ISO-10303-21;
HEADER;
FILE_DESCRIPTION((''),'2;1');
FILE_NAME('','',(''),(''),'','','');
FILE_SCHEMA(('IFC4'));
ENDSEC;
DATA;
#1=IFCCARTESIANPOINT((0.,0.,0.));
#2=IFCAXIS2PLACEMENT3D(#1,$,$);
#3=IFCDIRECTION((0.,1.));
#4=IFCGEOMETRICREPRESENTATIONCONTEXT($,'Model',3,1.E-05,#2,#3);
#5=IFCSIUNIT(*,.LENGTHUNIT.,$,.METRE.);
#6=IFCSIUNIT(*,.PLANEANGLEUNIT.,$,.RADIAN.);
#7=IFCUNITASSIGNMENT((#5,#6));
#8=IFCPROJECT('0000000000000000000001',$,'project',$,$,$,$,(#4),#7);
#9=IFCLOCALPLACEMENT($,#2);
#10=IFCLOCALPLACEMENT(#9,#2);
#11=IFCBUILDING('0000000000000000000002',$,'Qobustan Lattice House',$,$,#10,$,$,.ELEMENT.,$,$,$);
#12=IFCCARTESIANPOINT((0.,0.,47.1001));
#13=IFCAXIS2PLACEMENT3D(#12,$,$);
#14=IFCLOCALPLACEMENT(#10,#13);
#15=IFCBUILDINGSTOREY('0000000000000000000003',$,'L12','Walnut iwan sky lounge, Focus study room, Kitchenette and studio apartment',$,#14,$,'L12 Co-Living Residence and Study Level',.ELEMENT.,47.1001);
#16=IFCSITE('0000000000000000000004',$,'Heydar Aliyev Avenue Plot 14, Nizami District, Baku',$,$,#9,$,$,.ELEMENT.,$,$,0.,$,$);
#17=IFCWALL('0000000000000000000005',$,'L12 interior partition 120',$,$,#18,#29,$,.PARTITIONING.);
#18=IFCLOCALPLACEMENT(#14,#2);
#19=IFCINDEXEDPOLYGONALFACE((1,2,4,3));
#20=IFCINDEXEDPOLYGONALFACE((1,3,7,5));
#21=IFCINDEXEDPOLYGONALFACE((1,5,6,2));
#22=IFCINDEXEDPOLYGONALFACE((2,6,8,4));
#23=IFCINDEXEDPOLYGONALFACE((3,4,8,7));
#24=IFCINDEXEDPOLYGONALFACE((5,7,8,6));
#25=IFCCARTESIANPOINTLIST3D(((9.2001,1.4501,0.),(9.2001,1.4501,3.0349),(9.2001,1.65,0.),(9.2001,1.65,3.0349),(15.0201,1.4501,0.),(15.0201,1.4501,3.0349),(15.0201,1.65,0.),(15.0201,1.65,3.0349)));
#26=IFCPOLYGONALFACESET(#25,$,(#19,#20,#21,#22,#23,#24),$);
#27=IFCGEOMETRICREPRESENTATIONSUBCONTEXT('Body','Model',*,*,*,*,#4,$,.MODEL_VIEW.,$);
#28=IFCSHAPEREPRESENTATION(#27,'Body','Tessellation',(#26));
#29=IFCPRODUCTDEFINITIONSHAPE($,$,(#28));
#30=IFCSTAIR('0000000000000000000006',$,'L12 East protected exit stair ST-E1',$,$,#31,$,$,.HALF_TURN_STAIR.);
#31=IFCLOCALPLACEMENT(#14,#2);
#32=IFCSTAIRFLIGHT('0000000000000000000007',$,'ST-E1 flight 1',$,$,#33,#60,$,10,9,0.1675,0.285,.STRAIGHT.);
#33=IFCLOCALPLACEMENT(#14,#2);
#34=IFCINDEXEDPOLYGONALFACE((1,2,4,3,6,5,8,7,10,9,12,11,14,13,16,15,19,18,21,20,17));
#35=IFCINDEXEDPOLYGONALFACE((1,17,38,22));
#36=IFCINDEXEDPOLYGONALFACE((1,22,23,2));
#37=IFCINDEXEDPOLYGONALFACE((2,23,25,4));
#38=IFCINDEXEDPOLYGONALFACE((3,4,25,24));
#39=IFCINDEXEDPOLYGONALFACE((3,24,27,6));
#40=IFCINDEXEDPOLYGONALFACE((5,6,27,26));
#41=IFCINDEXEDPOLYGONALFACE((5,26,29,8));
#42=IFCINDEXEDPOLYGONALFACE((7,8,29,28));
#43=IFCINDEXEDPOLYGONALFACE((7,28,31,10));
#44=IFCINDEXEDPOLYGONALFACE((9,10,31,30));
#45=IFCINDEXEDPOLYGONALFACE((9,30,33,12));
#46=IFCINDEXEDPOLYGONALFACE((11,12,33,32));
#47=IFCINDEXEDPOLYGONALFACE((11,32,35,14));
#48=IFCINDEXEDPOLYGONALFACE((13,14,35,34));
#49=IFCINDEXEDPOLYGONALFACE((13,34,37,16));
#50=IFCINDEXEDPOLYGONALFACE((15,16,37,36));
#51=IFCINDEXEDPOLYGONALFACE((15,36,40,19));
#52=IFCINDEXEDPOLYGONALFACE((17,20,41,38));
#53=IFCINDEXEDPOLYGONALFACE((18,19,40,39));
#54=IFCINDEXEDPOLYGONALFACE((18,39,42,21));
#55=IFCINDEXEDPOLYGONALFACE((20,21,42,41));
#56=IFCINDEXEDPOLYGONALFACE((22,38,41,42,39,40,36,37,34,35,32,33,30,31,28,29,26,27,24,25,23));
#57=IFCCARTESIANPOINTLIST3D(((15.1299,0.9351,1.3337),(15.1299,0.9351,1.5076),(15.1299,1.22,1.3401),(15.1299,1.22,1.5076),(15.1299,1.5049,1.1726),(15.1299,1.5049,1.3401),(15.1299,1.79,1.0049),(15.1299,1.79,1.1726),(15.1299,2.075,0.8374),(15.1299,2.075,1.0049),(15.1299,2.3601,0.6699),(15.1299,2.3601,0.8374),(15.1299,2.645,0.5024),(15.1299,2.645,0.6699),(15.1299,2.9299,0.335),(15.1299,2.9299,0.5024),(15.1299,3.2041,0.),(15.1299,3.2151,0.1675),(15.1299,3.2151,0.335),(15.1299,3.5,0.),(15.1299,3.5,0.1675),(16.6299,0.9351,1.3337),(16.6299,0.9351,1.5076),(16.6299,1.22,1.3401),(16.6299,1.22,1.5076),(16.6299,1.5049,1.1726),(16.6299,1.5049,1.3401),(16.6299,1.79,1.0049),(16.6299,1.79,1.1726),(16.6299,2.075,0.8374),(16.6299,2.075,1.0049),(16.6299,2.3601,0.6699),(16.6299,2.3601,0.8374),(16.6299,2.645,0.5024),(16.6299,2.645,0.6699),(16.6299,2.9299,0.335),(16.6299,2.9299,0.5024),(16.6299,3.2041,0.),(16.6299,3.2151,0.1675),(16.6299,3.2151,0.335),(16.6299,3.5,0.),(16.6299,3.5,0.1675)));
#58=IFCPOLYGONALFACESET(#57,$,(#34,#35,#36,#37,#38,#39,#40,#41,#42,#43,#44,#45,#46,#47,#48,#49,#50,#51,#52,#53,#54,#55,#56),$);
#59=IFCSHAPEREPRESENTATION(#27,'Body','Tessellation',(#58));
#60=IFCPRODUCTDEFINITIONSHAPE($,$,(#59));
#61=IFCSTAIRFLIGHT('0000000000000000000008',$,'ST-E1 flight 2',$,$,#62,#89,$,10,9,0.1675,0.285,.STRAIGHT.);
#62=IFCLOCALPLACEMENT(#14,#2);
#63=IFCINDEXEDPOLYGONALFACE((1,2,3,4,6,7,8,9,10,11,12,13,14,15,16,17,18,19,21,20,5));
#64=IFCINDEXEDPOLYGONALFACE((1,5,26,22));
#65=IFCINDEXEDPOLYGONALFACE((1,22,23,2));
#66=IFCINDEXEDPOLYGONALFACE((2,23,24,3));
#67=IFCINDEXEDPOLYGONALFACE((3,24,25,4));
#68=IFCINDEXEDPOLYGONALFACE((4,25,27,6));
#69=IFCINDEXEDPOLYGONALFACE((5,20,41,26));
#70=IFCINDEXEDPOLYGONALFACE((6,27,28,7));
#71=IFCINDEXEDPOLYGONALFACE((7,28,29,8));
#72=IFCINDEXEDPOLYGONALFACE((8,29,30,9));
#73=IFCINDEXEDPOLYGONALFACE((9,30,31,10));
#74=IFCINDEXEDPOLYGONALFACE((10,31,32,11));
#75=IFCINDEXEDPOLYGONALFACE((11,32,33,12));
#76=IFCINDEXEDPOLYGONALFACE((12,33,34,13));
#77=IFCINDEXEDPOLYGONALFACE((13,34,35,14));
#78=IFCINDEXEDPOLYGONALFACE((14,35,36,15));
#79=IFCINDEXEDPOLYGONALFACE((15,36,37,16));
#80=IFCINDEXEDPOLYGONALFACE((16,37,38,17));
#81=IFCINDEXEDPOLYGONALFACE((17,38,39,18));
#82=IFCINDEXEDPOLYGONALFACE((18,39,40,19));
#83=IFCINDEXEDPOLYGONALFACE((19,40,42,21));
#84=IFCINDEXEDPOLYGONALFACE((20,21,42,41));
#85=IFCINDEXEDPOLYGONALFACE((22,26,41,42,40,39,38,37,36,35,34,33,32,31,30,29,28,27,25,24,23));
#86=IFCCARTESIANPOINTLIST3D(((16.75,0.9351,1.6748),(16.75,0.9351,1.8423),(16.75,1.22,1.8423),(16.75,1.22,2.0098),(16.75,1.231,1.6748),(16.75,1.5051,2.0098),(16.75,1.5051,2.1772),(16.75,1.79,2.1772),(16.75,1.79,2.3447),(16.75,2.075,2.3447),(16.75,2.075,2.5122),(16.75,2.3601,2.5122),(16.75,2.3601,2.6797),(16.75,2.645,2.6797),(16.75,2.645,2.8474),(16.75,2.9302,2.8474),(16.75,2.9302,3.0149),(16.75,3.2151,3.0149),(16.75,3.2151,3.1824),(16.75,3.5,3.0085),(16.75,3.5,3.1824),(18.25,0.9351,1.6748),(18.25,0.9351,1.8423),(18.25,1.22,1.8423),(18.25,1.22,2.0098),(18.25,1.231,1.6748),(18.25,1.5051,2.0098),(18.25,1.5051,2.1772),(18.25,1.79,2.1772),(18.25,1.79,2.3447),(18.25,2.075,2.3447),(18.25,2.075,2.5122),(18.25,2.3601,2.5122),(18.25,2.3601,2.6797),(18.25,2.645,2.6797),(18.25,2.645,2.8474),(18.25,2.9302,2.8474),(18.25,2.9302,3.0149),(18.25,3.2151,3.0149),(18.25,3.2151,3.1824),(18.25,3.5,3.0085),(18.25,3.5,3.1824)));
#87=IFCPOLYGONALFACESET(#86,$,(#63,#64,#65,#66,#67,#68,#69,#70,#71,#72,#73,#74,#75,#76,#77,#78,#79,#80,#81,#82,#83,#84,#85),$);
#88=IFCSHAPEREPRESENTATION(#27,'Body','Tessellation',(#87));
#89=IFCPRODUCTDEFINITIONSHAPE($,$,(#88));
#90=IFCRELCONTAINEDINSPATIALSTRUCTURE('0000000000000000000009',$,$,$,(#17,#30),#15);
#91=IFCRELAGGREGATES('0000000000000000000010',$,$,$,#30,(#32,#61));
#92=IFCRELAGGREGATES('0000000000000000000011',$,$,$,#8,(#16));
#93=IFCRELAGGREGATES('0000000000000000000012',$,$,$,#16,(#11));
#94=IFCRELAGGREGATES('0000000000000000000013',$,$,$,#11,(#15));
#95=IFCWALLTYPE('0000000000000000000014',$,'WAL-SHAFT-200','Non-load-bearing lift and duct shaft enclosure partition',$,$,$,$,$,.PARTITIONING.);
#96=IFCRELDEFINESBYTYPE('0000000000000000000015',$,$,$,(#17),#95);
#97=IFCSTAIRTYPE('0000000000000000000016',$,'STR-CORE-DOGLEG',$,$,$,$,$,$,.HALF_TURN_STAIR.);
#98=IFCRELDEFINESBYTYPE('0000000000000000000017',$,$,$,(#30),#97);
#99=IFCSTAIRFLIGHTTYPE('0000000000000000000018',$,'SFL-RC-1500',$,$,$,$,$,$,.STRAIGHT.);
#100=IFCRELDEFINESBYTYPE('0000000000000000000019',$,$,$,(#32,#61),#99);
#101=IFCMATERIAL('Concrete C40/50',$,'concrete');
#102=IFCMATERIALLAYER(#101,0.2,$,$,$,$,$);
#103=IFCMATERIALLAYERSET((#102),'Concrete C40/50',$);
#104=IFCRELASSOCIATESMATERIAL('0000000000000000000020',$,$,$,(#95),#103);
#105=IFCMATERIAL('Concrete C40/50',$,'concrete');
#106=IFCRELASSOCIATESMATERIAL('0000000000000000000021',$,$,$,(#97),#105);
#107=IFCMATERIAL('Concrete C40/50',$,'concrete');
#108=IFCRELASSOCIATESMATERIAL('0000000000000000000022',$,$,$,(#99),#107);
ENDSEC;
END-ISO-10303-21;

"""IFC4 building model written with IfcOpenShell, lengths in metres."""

from ifc_helpers import new_model, si_unit, direction, frame, frame_2d, origin, place, context, subcontext, project, spatial, polyline, rectangle, outline, extrude, material, layer, layer_set, type_object, element, aggregate, save


model = new_model("IFC4")

# Units and contexts
model_context = context("Model", 3, precision=1e-05, world=origin(), true_north=direction((0.0, 1.0)))
body_context = subcontext(model_context, "Body", "Model", "MODEL_VIEW")
ifc_project = project(units=[si_unit("LENGTHUNIT", "METRE"), si_unit("PLANEANGLEUNIT", "RADIAN")], contexts=[model_context])

# Site, building, storey
site_placement = place(None, origin())
site = spatial("IfcSite", under=ifc_project, at=site_placement, Name="Heydar Aliyev Avenue Plot 14, Nizami District, Baku", CompositionType="ELEMENT", RefElevation=0.0)
building_placement = place(site_placement, origin())
building = spatial("IfcBuilding", under=site, at=building_placement, Name="Qobustan Lattice House", CompositionType="ELEMENT")
storey_placement = place(building_placement, frame((0.0, 0.0, 47.1001)))
storey = spatial("IfcBuildingStorey", under=building, at=storey_placement, Name="L12", Description="Walnut iwan sky lounge, Focus study room, Kitchenette and studio apartment", LongName="L12 Co-Living Residence and Study Level", CompositionType="ELEMENT", Elevation=47.1001)

# Wall
ifc_material_1 = material(Name="Concrete C40/50", Category="concrete")
ifc_layer_1 = layer(ifc_material_1, 0.2)
ifc_layer_set_1 = layer_set([ifc_layer_1], Name="Concrete C40/50")
wall_type_1 = type_object("IfcWallType", Name="WAL-SHAFT-200", Description="Non-load-bearing lift and duct shaft enclosure partition", PredefinedType="PARTITIONING", material=ifc_layer_set_1)
wall_1_placement = place(storey_placement, frame((9.2, 1.55, 0.0), z_axis=(0.0, 0.0, 1.0), x_axis=(1.0, 0.0, 0.0)))
element("IfcWall", 1, at=wall_1_placement, inside=storey, type_object=wall_type_1, Name="L12 interior partition 120", PredefinedType="PARTITIONING", context=body_context, shape_type="SweptSolid", body=[
    extrude(rectangle(XDim=5.8201, YDim=0.2, at=frame_2d((2.9102, 0.0))), origin(), (0.0, 0.0, 1.0), 3.0349),
])

# Stair, stair flights
ifc_material_2 = material(Name="Concrete C40/50", Category="concrete")
stair_type = type_object("IfcStairType", Name="STR-CORE-DOGLEG", PredefinedType="HALF_TURN_STAIR", material=ifc_material_2)
stair_placement = place(storey_placement, origin())
stair = element("IfcStair", 2, at=stair_placement, inside=storey, type_object=stair_type, Name="L12 East protected exit stair ST-E1", PredefinedType="HALF_TURN_STAIR")
ifc_material_3 = material(Name="Concrete C40/50", Category="concrete")
stair_flight_type = type_object("IfcStairFlightType", Name="SFL-RC-1500", PredefinedType="STRAIGHT", material=ifc_material_3)
stair_flight_1_placement = place(storey_placement, frame((15.8799, 3.5, 0.0), z_axis=(0.0, 0.0, 1.0), x_axis=(0.0, -1.0, 0.0)))
stair_flight_1 = element("IfcStairFlight", 3, at=stair_flight_1_placement, type_object=stair_flight_type, Name="ST-E1 flight 1", NumberOfRisers=10, NumberOfTreads=9, PredefinedType="STRAIGHT", RiserHeight=0.1675, TreadLength=0.285, context=body_context, shape_type="SweptSolid", body=[
    extrude(outline(polyline([(0.0, 0.0), (0.0, 0.1675), (0.2849, 0.1675), (0.2849, 0.335), (0.5701, 0.335), (0.5701, 0.5024), (0.855, 0.5024), (0.855, 0.6699), (1.1399, 0.6699), (1.1399, 0.8374), (1.425, 0.8374), (1.425, 1.0049), (1.71, 1.0049), (1.71, 1.1726), (1.9951, 1.1726), (1.9951, 1.3401), (2.28, 1.3401), (2.28, 1.5076), (2.5649, 1.5076), (2.5649, 1.675), (2.5649, 1.3337), (0.2959, 0.0), (0.0, 0.0)])), frame((0.0, 0.75, 0.0), z_axis=(0.0, -1.0, 0.0), x_axis=(1.0, 0.0, 0.0)), (0.0, 0.0, 1.0), 1.5),
])
stair_flight_2_placement = place(storey_placement, frame((17.5, 0.9351, 1.6748), z_axis=(0.0, 0.0, 1.0), x_axis=(0.0, 1.0, 0.0)))
stair_flight_2 = element("IfcStairFlight", 4, at=stair_flight_2_placement, type_object=stair_flight_type, Name="ST-E1 flight 2", NumberOfRisers=10, NumberOfTreads=9, PredefinedType="STRAIGHT", RiserHeight=0.1675, TreadLength=0.285, context=body_context, shape_type="SweptSolid", body=[
    extrude(outline(polyline([(0.0, 0.0), (0.0, 0.1675), (0.2849, 0.1675), (0.2849, 0.335), (0.5701, 0.335), (0.5701, 0.5024), (0.855, 0.5024), (0.855, 0.6699), (1.1399, 0.6699), (1.1399, 0.8374), (1.425, 0.8374), (1.425, 1.0049), (1.71, 1.0049), (1.71, 1.1726), (1.9951, 1.1726), (1.9951, 1.3401), (2.28, 1.3401), (2.28, 1.5076), (2.5649, 1.5076), (2.5649, 1.675), (2.5649, 1.3337), (0.2959, 0.0), (0.0, 0.0)])), frame((0.0, 0.75, 0.0), z_axis=(0.0, -1.0, 0.0), x_axis=(1.0, 0.0, 0.0)), (0.0, 0.0, 1.0), 1.5),
])
aggregate(stair, [stair_flight_1, stair_flight_2])

save(model, "model.ifc")
